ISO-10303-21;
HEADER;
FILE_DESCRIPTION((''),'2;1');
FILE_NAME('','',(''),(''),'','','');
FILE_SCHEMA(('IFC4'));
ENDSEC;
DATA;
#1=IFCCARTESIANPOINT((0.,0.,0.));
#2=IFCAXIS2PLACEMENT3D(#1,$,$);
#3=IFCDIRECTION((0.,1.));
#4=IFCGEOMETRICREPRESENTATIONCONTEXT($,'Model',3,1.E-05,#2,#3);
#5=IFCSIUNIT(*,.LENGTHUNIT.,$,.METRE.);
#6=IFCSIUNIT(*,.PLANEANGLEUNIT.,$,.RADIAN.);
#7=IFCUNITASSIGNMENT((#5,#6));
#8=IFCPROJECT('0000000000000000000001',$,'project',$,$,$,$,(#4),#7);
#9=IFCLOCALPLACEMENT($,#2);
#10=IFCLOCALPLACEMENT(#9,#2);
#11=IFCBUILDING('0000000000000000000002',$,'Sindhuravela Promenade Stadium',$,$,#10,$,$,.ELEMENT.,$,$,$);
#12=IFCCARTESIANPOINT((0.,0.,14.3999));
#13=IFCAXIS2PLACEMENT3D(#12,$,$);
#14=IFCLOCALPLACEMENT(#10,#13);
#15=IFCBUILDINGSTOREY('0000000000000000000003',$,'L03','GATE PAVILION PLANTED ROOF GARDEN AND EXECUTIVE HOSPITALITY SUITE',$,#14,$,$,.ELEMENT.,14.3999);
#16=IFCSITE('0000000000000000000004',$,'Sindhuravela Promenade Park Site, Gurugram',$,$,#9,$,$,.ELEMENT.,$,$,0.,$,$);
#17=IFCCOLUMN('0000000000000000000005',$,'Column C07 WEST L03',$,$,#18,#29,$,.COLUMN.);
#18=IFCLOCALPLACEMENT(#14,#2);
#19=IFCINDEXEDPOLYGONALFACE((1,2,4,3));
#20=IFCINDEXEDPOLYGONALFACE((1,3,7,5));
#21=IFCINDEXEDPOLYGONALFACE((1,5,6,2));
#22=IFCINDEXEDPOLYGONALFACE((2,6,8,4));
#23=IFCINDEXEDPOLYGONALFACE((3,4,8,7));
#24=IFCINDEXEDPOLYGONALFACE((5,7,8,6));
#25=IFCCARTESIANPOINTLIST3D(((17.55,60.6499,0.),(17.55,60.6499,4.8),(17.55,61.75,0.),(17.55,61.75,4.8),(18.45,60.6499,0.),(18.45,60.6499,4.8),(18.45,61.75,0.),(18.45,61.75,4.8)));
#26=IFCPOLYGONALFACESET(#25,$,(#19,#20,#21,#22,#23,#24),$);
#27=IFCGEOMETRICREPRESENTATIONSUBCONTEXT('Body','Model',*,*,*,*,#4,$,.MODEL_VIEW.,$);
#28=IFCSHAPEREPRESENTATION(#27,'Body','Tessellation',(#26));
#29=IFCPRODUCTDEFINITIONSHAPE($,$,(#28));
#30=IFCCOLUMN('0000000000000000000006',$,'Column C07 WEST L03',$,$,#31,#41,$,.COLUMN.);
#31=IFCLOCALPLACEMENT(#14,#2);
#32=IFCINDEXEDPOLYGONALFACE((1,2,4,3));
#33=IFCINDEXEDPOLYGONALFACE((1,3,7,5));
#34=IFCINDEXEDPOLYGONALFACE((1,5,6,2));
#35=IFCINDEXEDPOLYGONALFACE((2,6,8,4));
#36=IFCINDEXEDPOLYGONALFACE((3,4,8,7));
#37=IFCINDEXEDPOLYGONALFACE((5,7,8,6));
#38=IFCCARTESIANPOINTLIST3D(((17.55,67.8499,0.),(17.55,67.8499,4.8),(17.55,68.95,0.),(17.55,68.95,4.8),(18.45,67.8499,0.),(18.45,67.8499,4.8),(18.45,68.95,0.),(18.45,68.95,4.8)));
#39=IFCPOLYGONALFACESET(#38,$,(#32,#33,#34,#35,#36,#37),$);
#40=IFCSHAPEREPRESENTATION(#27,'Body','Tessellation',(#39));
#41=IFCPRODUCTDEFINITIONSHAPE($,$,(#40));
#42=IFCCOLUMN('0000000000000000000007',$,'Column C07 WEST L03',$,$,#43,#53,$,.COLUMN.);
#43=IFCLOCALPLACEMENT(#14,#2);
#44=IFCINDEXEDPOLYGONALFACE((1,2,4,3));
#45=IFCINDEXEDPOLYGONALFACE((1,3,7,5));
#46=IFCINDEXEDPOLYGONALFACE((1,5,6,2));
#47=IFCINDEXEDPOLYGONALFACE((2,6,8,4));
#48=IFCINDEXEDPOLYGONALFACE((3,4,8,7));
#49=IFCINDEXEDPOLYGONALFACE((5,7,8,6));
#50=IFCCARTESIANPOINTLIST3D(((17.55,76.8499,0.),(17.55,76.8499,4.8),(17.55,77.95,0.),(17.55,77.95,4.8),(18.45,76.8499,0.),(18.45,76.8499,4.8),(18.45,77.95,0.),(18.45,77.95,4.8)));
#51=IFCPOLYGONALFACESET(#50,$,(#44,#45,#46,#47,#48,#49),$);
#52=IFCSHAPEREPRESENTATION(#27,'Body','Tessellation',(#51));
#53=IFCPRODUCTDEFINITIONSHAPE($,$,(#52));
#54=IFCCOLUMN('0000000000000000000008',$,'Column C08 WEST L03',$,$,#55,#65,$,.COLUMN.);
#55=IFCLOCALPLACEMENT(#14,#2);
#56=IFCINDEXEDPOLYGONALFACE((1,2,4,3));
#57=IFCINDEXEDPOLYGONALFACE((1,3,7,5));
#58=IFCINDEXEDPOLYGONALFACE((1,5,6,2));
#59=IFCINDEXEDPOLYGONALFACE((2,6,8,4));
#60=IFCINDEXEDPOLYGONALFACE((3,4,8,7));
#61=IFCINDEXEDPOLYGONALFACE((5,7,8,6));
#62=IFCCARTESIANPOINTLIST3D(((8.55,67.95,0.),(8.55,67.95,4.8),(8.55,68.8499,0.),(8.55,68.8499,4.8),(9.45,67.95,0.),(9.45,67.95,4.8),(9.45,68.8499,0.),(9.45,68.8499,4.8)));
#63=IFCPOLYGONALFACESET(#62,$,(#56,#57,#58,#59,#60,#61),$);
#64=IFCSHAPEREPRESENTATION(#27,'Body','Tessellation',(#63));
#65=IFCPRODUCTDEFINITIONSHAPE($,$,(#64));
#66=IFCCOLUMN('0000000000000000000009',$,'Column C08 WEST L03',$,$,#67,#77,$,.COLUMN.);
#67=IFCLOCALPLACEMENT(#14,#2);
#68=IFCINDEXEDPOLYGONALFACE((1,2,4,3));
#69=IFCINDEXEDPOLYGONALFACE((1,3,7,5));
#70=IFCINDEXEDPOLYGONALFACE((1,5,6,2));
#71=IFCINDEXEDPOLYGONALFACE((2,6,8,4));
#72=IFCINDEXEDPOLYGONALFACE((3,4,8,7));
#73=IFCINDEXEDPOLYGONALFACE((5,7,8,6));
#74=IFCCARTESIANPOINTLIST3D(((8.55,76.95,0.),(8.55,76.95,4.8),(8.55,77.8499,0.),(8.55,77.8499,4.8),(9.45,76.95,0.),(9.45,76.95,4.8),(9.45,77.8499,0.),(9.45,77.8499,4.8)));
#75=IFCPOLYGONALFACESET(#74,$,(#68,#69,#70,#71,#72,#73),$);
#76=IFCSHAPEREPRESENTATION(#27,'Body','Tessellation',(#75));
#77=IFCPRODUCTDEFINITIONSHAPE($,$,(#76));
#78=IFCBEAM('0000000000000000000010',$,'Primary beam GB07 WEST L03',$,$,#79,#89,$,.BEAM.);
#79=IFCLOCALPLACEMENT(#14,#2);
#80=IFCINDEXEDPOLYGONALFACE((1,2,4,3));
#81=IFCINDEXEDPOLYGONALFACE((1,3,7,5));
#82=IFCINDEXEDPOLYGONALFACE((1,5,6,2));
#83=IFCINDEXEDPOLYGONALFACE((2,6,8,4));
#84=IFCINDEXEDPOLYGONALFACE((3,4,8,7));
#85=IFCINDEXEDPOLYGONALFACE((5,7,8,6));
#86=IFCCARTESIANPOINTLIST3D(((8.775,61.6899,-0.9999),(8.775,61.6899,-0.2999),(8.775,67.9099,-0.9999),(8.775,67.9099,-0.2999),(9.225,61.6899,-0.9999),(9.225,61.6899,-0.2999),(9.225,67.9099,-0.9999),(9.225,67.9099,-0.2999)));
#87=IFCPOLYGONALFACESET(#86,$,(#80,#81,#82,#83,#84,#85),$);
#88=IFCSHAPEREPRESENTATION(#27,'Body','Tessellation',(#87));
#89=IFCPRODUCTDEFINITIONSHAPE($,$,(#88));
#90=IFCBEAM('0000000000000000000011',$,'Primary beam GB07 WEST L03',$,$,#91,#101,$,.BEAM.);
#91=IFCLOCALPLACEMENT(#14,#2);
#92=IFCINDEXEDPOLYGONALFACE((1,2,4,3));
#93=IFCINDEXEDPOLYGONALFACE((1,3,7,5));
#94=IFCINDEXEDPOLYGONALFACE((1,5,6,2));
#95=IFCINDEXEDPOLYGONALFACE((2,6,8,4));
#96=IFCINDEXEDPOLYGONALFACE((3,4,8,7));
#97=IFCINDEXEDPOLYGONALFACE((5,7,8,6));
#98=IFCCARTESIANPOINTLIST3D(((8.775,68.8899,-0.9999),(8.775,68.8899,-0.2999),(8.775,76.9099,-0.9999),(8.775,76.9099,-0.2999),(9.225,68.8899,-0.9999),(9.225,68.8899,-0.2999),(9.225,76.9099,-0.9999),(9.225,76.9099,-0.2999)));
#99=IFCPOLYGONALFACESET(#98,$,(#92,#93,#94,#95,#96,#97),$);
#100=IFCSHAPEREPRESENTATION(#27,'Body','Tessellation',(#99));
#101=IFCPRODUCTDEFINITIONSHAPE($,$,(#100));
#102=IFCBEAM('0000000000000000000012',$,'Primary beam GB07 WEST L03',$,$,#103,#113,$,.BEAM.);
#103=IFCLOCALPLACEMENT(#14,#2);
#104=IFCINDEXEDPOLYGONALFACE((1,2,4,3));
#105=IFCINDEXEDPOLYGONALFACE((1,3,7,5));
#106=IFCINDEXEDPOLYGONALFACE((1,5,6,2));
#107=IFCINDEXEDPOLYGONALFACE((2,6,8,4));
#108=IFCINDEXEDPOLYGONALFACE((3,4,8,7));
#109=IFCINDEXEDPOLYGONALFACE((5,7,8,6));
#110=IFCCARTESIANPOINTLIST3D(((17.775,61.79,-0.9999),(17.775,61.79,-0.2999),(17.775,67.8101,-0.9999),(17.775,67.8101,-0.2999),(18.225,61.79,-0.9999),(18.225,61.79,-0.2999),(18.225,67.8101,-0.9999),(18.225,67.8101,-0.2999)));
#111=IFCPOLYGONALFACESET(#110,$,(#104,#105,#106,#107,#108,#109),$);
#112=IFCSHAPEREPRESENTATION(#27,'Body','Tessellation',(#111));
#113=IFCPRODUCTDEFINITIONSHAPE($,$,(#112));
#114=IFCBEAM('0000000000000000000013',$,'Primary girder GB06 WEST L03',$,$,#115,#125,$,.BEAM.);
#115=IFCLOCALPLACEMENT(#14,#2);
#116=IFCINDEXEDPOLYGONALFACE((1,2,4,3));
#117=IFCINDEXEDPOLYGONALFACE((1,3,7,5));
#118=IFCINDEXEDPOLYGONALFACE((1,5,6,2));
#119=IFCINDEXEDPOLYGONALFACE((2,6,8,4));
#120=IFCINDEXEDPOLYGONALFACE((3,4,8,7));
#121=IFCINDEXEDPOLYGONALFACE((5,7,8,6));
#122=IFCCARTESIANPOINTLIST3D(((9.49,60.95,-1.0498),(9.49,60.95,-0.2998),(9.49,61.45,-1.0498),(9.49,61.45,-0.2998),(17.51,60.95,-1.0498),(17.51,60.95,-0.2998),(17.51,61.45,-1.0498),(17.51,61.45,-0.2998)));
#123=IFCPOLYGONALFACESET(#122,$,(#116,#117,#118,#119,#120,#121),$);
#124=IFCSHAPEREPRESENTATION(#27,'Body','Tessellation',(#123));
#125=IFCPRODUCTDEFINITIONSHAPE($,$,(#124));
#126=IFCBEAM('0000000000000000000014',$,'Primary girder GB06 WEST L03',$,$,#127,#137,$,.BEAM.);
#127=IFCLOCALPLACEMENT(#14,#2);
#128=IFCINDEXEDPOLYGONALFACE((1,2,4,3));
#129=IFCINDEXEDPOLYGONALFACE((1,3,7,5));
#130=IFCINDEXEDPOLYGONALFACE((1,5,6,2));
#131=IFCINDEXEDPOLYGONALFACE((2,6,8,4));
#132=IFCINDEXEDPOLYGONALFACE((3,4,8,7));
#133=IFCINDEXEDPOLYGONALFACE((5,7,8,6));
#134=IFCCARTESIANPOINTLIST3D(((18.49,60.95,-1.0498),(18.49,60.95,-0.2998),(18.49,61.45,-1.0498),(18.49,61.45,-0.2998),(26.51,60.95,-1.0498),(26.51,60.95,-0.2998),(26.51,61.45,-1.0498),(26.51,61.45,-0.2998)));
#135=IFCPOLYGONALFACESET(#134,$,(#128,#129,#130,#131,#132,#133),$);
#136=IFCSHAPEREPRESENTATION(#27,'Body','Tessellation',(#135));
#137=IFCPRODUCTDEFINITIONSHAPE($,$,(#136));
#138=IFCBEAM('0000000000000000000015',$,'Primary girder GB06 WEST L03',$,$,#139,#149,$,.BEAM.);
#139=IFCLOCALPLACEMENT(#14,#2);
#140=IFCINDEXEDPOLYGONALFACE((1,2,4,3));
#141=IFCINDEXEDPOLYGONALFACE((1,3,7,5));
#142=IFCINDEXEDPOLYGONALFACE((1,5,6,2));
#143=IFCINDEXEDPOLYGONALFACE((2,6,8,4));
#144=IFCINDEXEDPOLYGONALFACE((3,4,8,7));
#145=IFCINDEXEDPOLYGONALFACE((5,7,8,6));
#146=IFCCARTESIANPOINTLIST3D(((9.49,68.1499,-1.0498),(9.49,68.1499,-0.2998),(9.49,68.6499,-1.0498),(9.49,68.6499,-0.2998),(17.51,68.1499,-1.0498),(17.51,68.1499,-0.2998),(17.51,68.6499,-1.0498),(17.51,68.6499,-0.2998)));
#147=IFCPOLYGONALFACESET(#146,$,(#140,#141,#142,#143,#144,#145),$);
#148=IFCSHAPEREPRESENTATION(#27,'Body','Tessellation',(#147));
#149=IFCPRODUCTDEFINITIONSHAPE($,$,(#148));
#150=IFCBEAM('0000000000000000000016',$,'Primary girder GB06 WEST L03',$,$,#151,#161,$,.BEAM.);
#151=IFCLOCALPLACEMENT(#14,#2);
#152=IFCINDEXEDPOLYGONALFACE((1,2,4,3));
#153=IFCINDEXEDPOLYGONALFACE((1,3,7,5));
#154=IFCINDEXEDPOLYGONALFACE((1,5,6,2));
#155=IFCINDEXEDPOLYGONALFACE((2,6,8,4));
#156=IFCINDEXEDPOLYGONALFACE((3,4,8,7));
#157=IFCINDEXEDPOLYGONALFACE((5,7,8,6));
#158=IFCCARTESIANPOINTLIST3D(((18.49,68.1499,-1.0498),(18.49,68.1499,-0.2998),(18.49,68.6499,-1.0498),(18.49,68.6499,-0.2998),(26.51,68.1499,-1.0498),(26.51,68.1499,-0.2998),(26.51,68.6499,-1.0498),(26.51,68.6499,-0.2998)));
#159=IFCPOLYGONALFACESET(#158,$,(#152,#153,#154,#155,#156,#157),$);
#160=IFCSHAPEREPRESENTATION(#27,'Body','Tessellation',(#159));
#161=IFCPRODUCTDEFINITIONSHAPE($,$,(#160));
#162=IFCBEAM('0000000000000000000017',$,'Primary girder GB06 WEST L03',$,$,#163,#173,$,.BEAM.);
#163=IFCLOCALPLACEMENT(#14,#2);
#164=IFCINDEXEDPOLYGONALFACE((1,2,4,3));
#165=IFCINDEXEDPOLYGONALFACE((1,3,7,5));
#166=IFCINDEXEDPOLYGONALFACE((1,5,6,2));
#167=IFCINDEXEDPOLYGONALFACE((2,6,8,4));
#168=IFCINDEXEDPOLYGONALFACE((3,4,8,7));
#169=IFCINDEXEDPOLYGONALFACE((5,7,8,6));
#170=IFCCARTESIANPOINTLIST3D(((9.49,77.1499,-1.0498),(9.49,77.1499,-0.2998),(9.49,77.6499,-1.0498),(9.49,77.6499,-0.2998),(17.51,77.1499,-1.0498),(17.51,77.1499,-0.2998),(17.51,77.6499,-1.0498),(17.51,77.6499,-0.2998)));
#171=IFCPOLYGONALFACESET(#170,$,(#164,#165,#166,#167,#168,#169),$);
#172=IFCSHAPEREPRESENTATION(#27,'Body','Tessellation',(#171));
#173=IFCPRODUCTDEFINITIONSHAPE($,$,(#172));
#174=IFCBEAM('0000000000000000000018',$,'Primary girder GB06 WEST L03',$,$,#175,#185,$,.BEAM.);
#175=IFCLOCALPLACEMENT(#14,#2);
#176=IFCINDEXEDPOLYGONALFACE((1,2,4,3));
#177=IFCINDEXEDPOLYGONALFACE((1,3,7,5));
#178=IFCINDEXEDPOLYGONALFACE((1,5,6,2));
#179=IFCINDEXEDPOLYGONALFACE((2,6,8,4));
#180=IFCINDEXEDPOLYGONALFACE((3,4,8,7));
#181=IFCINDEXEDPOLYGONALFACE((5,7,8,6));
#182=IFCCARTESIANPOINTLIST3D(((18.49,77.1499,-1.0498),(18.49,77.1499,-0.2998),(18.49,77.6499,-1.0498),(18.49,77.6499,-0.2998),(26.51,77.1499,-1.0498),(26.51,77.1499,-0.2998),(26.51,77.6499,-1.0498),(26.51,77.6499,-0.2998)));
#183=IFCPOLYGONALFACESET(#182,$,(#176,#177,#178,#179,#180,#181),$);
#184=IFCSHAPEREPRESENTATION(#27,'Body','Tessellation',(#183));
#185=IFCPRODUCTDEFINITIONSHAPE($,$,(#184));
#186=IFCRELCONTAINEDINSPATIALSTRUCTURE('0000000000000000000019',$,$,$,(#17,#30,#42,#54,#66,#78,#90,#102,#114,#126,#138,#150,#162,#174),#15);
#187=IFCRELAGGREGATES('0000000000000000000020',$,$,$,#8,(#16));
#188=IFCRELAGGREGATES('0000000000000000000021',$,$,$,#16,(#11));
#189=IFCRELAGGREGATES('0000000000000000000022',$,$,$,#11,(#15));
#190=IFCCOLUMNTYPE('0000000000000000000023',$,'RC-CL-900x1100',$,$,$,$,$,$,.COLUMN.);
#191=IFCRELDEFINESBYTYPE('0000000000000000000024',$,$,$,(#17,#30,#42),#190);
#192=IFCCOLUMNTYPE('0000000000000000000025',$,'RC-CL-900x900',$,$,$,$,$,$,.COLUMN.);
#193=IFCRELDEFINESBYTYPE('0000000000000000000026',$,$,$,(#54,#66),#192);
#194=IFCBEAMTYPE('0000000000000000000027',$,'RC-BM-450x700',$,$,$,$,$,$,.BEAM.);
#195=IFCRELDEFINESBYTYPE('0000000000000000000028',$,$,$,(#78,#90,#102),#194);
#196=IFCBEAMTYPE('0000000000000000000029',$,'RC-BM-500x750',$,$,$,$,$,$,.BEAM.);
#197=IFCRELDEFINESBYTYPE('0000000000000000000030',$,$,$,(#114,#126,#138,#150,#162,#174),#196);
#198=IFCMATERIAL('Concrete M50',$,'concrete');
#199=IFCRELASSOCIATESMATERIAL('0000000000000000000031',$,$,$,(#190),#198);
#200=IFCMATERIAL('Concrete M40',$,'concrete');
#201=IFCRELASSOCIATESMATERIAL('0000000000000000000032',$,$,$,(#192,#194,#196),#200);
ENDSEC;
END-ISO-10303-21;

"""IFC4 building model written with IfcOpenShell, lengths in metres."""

from ifc_helpers import new_model, si_unit, direction, frame, origin, origin_2d, place, context, subcontext, project, spatial, rectangle, extrude, material, material_profile, profile_set, type_object, element, save


model = new_model("IFC4")

# Units and contexts
model_context = context("Model", 3, precision=1e-05, world=origin(), true_north=direction((0.0, 1.0)))
body_context = subcontext(model_context, "Body", "Model", "MODEL_VIEW")
ifc_project = project(units=[si_unit("LENGTHUNIT", "METRE"), si_unit("PLANEANGLEUNIT", "RADIAN")], contexts=[model_context])

# Site, building, storey
site_placement = place(None, origin())
site = spatial("IfcSite", under=ifc_project, at=site_placement, Name="Sindhuravela Promenade Park Site, Gurugram", CompositionType="ELEMENT", RefElevation=0.0)
building_placement = place(site_placement, origin())
building = spatial("IfcBuilding", under=site, at=building_placement, Name="Sindhuravela Promenade Stadium", CompositionType="ELEMENT")
storey_placement = place(building_placement, frame((0.0, 0.0, 14.3999)))
storey = spatial("IfcBuildingStorey", under=building, at=storey_placement, Name="L03", Description="GATE PAVILION PLANTED ROOF GARDEN AND EXECUTIVE HOSPITALITY SUITE", CompositionType="ELEMENT", Elevation=14.3999)

# Columns
ifc_material_1 = material(Name="Concrete M50", Category="concrete")
ifc_material_profile_1 = material_profile(ifc_material_1, rectangle(XDim=0.8999, YDim=1.1001, at=origin_2d()), Name="RC 900x1100")
ifc_profile_set_1 = profile_set([ifc_material_profile_1], Name="Concrete M50")
column_type_1 = type_object("IfcColumnType", Name="RC-CL-900x1100", PredefinedType="COLUMN", material=ifc_profile_set_1)
for number, where, z_axis, x_axis, name in (
    (1, (18.0, 61.2, 0.0), (0.0, 0.0, 1.0), (1.0, 0.0, 0.0), "Column C07 WEST L03"),
    (2, (18.0, 68.3999, 0.0), (0.0, 0.0, 1.0), (1.0, 0.0, 0.0), "Column C07 WEST L03"),
    (3, (18.0, 77.3999, 0.0), (0.0, 0.0, 1.0), (1.0, 0.0, 0.0), "Column C07 WEST L03"),
):
    element("IfcColumn", number, at=place(storey_placement, frame(where, z_axis=z_axis, x_axis=x_axis)), inside=storey, type_object=column_type_1, Name=name, PredefinedType="COLUMN", context=body_context, shape_type="SweptSolid", body=[
        extrude(rectangle(XDim=0.8999, YDim=1.1001, at=origin_2d()), origin(), (0.0, 0.0, 1.0), 4.8),
    ])
ifc_material_2 = material(Name="Concrete M40", Category="concrete")
ifc_material_profile_2 = material_profile(ifc_material_2, rectangle(XDim=0.8999, YDim=0.8999, at=origin_2d()), Name="RC 900x900")
ifc_profile_set_2 = profile_set([ifc_material_profile_2], Name="Concrete M40")
column_type_2 = type_object("IfcColumnType", Name="RC-CL-900x900", PredefinedType="COLUMN", material=ifc_profile_set_2)
for number, where, z_axis, x_axis, name in (
    (4, (9.0, 68.3999, 0.0), (0.0, 0.0, 1.0), (1.0, 0.0, 0.0), "Column C08 WEST L03"),
    (5, (9.0, 77.3999, 0.0), (0.0, 0.0, 1.0), (1.0, 0.0, 0.0), "Column C08 WEST L03"),
):
    element("IfcColumn", number, at=place(storey_placement, frame(where, z_axis=z_axis, x_axis=x_axis)), inside=storey, type_object=column_type_2, Name=name, PredefinedType="COLUMN", context=body_context, shape_type="SweptSolid", body=[
        extrude(rectangle(XDim=0.8999, YDim=0.8999, at=origin_2d()), origin(), (0.0, 0.0, 1.0), 4.8),
    ])

# Beams
ifc_material_profile_3 = material_profile(ifc_material_2, rectangle(XDim=0.45, YDim=0.7, at=origin_2d()), Name="RC 450x700")
ifc_profile_set_3 = profile_set([ifc_material_profile_3], Name="Concrete M40")
beam_type_1 = type_object("IfcBeamType", Name="RC-BM-450x700", PredefinedType="BEAM", material=ifc_profile_set_3)
beam_1_placement = place(storey_placement, frame((9.0, 61.6899, -0.6499), z_axis=(0.0, 1.0, 0.0), x_axis=(-1.0, 0.0, 0.0)))
element("IfcBeam", 6, at=beam_1_placement, inside=storey, type_object=beam_type_1, Name="Primary beam GB07 WEST L03", PredefinedType="BEAM", context=body_context, shape_type="SweptSolid", body=[
    extrude(rectangle(XDim=0.45, YDim=0.7, at=origin_2d()), origin(), (0.0, 0.0, 1.0), 6.22),
])
beam_2_placement = place(storey_placement, frame((9.0, 68.8899, -0.6499), z_axis=(0.0, 1.0, 0.0), x_axis=(-1.0, 0.0, 0.0)))
element("IfcBeam", 7, at=beam_2_placement, inside=storey, type_object=beam_type_1, Name="Primary beam GB07 WEST L03", PredefinedType="BEAM", context=body_context, shape_type="SweptSolid", body=[
    extrude(rectangle(XDim=0.45, YDim=0.7, at=origin_2d()), origin(), (0.0, 0.0, 1.0), 8.02),
])
beam_3_placement = place(storey_placement, frame((18.0, 61.79, -0.6499), z_axis=(0.0, 1.0, 0.0), x_axis=(-1.0, 0.0, 0.0)))
element("IfcBeam", 8, at=beam_3_placement, inside=storey, type_object=beam_type_1, Name="Primary beam GB07 WEST L03", PredefinedType="BEAM", context=body_context, shape_type="SweptSolid", body=[
    extrude(rectangle(XDim=0.45, YDim=0.7, at=origin_2d()), origin(), (0.0, 0.0, 1.0), 6.02),
])
ifc_material_profile_4 = material_profile(ifc_material_2, rectangle(XDim=0.5, YDim=0.75, at=origin_2d()), Name="RC 500x750")
ifc_profile_set_4 = profile_set([ifc_material_profile_4], Name="Concrete M40")
beam_type_2 = type_object("IfcBeamType", Name="RC-BM-500x750", PredefinedType="BEAM", material=ifc_profile_set_4)
for number, where, z_axis, x_axis, name in (
    (9, (9.49, 61.2, -0.6748), (1.0, 0.0, 0.0), (0.0, 1.0, 0.0), "Primary girder GB06 WEST L03"),
    (10, (18.49, 61.2, -0.6748), (1.0, 0.0, 0.0), (0.0, 1.0, 0.0), "Primary girder GB06 WEST L03"),
    (11, (9.49, 68.3999, -0.6748), (1.0, 0.0, 0.0), (0.0, 1.0, 0.0), "Primary girder GB06 WEST L03"),
    (12, (18.49, 68.3999, -0.6748), (1.0, 0.0, 0.0), (0.0, 1.0, 0.0), "Primary girder GB06 WEST L03"),
    (13, (9.49, 77.3999, -0.6748), (1.0, 0.0, 0.0), (0.0, 1.0, 0.0), "Primary girder GB06 WEST L03"),
    (14, (18.49, 77.3999, -0.6748), (1.0, 0.0, 0.0), (0.0, 1.0, 0.0), "Primary girder GB06 WEST L03"),
):
    element("IfcBeam", number, at=place(storey_placement, frame(where, z_axis=z_axis, x_axis=x_axis)), inside=storey, type_object=beam_type_2, Name=name, PredefinedType="BEAM", context=body_context, shape_type="SweptSolid", body=[
        extrude(rectangle(XDim=0.5, YDim=0.75, at=origin_2d()), origin(), (0.0, 0.0, 1.0), 8.02),
    ])

save(model, "model.ifc")
